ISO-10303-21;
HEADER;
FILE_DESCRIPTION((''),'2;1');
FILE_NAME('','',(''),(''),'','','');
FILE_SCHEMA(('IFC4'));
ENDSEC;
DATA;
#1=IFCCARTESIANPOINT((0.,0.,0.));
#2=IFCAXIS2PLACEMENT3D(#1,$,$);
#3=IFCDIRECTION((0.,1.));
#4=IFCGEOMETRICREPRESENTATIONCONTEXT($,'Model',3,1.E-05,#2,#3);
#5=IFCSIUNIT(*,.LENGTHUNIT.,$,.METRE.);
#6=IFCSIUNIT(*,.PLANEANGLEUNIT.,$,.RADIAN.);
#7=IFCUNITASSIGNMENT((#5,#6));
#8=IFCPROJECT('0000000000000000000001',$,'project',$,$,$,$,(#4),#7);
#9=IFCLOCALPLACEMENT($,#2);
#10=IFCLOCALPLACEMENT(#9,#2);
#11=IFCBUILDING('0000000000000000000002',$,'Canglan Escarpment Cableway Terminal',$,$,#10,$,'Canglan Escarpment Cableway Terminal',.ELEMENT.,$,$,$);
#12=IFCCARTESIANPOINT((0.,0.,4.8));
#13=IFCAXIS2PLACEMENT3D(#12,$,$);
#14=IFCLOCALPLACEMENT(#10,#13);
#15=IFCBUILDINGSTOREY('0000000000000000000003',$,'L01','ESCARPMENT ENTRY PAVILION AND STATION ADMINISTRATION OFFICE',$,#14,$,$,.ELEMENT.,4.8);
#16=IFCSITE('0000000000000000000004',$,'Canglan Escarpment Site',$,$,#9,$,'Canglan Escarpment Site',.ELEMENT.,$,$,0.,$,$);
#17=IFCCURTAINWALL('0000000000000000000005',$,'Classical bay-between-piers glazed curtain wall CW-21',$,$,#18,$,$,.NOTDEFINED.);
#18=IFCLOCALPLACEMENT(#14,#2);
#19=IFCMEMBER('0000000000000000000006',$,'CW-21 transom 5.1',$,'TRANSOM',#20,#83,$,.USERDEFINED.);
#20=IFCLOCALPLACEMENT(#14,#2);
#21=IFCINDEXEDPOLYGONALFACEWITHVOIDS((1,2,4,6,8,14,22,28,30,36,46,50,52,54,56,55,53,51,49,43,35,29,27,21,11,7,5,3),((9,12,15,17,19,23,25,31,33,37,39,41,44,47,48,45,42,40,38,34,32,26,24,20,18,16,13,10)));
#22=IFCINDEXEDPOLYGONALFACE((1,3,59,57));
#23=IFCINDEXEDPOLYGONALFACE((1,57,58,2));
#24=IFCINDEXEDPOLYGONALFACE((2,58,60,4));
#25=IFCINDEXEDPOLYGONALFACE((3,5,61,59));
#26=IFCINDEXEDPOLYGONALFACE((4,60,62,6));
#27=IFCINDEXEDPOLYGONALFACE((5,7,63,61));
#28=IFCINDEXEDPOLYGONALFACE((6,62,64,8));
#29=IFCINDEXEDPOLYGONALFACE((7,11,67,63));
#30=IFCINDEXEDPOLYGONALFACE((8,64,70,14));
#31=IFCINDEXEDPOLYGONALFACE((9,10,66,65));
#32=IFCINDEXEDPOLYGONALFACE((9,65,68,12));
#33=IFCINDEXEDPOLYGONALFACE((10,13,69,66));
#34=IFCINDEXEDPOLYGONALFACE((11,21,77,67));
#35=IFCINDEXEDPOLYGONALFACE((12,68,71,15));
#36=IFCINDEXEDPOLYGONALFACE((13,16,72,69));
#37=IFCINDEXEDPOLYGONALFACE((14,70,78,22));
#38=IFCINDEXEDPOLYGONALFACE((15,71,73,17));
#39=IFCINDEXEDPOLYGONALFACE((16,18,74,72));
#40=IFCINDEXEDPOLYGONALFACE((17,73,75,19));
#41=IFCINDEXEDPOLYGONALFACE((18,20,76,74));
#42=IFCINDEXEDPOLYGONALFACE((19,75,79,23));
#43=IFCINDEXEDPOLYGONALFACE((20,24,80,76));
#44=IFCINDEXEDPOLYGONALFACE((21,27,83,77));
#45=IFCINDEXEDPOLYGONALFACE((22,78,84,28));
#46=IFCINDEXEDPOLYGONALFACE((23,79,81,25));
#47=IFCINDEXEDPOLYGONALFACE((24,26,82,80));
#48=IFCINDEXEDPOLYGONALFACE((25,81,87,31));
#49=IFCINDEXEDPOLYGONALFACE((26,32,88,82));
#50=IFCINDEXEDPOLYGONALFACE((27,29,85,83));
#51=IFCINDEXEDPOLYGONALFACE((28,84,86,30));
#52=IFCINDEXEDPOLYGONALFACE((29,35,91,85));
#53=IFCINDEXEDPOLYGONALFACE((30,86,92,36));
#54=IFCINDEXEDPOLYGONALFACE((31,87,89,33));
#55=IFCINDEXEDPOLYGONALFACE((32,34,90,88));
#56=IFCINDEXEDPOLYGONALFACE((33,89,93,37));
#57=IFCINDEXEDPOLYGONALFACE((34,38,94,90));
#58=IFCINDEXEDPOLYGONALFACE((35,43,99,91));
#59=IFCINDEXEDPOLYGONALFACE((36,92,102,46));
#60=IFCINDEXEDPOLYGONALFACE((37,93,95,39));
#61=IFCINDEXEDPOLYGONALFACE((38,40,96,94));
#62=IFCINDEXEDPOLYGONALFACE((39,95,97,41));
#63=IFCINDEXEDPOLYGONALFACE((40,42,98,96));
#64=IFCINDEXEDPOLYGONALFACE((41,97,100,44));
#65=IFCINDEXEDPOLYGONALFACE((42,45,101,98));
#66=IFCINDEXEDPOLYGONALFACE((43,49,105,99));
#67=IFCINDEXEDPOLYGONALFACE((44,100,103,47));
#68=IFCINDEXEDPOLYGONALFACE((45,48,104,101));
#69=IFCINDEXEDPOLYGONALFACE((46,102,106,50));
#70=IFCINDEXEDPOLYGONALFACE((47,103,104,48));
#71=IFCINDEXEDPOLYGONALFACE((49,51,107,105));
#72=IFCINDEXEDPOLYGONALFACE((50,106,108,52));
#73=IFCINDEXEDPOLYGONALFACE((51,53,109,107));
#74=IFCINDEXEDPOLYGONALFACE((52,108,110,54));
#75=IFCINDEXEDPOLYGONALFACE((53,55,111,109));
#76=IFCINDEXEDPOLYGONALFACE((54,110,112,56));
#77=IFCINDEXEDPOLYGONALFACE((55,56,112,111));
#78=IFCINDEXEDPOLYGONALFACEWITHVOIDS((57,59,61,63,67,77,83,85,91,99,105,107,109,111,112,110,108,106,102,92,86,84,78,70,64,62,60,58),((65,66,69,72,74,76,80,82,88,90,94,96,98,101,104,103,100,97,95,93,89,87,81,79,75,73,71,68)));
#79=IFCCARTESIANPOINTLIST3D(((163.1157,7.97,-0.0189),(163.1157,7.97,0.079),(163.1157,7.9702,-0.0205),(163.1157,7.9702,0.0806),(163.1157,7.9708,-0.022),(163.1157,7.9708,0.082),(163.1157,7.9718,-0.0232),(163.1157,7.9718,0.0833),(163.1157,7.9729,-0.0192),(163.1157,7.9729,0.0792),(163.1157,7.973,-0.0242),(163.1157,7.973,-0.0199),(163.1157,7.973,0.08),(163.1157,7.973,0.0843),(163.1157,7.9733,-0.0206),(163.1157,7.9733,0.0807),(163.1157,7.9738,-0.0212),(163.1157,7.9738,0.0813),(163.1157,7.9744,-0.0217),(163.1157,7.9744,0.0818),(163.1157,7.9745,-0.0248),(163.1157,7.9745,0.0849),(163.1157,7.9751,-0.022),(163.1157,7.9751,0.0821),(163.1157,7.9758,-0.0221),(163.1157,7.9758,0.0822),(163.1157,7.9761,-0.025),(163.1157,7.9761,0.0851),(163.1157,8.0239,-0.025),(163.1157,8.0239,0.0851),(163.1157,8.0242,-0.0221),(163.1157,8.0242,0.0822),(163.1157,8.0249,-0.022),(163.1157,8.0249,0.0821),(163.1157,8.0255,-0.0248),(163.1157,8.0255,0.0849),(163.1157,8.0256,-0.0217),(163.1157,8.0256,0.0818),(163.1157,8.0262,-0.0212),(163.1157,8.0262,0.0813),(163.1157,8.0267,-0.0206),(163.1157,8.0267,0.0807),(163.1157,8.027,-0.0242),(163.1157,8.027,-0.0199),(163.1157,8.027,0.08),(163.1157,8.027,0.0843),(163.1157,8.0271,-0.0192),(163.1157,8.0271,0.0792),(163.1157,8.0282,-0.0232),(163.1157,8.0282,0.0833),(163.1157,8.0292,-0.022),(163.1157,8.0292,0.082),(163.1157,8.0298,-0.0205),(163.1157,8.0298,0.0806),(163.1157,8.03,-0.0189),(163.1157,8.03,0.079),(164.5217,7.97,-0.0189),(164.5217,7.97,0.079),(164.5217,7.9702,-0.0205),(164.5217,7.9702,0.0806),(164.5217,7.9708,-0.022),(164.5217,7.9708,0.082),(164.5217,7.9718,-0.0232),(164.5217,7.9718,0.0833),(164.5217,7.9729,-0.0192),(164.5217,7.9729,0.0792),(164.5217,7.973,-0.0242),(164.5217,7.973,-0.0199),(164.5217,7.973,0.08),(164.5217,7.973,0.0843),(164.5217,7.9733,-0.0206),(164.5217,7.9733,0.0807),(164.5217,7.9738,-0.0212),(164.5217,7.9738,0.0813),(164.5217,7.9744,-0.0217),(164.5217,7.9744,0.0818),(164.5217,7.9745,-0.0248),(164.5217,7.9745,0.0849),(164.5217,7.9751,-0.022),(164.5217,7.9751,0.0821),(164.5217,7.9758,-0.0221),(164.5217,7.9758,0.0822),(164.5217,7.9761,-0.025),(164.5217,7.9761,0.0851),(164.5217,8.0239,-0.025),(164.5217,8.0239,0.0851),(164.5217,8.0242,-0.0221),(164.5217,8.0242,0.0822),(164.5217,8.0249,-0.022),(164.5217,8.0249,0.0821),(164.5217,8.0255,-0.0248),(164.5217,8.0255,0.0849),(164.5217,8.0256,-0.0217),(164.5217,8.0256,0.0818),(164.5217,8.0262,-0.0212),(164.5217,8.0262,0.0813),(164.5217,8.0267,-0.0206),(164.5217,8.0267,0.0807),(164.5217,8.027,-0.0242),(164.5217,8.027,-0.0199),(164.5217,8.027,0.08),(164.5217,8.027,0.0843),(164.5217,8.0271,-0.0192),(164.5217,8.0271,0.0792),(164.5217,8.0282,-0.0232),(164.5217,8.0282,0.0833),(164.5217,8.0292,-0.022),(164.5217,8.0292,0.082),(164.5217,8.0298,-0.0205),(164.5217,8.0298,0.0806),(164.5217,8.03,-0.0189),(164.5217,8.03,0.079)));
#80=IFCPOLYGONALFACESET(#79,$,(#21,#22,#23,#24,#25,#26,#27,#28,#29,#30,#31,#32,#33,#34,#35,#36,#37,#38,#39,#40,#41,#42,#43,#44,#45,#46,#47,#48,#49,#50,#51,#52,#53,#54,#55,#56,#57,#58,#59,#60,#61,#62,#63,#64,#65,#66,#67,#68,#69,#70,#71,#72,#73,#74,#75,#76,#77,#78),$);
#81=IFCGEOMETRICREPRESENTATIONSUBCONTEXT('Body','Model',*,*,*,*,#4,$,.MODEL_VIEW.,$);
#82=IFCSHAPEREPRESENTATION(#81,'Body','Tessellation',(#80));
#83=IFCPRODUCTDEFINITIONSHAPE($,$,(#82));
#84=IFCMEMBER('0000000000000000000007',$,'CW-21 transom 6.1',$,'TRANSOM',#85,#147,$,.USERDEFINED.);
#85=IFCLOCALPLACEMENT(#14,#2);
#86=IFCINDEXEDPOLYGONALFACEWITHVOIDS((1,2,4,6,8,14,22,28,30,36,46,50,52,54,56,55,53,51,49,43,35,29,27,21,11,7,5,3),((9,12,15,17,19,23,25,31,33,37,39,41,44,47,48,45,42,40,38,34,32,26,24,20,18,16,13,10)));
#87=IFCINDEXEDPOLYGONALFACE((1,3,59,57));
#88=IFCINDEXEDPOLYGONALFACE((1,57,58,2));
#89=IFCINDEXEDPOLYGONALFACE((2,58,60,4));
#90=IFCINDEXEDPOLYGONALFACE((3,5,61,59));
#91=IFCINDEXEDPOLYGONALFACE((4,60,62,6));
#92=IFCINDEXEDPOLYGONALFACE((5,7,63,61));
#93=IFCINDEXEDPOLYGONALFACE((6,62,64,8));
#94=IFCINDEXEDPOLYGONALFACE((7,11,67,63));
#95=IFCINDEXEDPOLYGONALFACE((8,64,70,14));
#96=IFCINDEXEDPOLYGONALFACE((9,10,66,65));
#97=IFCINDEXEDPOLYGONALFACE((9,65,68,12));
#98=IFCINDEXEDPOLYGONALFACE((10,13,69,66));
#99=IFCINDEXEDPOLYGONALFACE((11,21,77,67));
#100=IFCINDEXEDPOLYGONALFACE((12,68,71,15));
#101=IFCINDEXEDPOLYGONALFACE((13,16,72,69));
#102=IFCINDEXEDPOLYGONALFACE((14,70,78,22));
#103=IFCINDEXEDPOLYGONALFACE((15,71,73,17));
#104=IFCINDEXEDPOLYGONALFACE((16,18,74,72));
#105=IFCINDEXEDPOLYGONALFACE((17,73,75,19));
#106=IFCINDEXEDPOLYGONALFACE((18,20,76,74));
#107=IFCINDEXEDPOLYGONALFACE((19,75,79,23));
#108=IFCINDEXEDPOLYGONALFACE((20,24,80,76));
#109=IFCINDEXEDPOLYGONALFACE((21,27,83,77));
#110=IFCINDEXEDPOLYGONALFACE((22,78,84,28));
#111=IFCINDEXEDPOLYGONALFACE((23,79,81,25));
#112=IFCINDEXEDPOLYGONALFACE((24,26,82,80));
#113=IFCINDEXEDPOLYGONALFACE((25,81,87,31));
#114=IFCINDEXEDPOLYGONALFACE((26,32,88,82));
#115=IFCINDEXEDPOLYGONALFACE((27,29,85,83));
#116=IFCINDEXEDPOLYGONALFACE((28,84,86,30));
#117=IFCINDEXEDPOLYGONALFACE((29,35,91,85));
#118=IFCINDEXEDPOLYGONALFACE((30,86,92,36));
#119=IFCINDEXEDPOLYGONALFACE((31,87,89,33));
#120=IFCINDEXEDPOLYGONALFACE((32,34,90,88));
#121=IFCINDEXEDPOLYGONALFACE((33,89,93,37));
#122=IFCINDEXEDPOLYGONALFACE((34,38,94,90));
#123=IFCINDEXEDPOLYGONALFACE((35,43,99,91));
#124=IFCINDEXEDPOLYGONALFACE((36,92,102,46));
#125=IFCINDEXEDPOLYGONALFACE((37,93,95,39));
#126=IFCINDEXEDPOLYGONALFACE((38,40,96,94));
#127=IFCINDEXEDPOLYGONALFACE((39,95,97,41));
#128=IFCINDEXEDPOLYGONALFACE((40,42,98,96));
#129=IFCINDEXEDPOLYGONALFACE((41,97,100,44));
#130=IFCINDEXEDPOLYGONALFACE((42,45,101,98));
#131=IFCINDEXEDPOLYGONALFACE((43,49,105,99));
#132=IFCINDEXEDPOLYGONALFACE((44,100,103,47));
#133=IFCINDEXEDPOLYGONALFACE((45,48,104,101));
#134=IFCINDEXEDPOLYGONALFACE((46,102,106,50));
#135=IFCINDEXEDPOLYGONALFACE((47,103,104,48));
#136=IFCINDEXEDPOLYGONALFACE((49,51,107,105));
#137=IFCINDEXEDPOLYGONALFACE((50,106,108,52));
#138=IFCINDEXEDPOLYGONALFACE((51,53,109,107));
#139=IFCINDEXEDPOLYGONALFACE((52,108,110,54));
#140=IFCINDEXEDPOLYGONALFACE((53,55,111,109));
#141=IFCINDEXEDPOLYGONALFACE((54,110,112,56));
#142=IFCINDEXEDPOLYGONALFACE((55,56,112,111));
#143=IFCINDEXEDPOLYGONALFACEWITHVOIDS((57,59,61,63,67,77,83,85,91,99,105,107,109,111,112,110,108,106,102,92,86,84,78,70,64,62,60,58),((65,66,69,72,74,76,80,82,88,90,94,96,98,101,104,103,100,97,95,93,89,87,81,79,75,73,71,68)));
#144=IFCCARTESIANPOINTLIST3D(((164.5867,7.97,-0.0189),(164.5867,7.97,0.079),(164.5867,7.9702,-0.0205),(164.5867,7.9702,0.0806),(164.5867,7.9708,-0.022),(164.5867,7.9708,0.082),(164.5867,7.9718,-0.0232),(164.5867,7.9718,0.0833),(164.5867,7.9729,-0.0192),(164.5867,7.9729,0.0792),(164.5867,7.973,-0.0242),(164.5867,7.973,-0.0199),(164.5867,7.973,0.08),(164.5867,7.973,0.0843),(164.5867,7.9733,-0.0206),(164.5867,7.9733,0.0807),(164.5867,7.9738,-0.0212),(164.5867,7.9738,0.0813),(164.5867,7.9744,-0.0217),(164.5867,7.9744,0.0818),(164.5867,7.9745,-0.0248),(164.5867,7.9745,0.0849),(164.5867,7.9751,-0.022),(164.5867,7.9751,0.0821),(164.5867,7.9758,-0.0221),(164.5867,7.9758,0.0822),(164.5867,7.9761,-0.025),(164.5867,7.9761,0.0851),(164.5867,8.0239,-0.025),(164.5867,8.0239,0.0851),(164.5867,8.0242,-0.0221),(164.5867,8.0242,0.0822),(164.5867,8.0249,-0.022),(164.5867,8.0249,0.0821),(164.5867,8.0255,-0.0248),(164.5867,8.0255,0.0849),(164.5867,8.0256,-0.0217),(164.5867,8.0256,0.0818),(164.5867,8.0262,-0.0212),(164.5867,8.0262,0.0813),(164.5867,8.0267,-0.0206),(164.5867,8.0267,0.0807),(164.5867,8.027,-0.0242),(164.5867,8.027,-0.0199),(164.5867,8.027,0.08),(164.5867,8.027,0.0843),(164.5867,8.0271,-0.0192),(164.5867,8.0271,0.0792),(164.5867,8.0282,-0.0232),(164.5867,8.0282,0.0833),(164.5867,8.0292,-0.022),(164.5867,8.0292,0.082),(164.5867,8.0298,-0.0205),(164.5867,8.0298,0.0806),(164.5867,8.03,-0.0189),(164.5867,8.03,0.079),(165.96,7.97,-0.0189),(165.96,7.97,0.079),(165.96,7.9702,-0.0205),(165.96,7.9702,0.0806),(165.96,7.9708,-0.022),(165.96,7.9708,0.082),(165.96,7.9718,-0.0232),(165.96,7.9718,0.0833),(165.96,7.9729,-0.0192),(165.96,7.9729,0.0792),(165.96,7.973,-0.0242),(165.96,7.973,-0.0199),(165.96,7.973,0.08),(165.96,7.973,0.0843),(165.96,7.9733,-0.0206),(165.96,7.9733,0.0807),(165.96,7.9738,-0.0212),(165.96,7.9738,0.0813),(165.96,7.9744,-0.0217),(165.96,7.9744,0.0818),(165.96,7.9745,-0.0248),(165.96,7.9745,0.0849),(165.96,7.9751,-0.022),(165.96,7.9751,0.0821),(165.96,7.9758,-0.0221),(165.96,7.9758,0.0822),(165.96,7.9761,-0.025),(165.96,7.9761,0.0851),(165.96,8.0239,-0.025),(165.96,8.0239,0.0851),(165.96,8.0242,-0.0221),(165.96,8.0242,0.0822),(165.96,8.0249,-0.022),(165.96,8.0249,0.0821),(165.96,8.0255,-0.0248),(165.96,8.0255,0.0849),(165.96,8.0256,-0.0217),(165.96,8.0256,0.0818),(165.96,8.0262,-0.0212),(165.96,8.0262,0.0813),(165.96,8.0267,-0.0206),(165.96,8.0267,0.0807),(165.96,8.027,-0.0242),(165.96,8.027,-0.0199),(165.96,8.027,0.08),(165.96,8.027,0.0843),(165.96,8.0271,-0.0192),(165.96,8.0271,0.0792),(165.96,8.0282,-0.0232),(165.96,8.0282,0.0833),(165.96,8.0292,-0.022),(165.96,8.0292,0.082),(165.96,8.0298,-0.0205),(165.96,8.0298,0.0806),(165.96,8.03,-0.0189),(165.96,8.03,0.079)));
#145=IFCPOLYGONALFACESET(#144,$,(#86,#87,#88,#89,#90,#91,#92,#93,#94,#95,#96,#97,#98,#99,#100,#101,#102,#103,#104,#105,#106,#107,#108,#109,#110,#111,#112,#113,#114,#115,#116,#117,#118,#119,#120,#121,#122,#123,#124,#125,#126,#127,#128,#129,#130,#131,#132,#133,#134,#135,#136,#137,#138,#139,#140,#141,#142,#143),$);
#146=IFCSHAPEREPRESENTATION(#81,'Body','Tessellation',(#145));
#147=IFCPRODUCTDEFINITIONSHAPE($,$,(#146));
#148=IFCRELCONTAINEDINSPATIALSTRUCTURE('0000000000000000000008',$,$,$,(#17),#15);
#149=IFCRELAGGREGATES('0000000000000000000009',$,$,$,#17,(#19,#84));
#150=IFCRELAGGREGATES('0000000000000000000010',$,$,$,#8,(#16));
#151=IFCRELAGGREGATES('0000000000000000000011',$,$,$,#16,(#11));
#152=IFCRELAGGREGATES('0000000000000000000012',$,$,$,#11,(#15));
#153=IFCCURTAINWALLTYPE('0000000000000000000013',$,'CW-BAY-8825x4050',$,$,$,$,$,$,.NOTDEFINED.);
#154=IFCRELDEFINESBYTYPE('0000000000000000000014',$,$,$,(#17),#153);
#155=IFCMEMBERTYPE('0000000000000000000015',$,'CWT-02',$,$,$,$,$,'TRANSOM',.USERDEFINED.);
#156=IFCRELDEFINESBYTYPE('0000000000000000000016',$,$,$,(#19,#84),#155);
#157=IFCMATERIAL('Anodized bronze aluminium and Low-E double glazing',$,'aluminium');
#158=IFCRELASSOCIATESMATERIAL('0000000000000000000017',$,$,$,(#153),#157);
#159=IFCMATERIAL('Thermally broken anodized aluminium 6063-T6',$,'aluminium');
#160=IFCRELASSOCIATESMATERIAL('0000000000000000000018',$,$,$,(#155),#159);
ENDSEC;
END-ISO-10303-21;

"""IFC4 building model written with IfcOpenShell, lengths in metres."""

from ifc_helpers import new_model, si_unit, direction, frame, origin, origin_2d, place, context, subcontext, project, spatial, hollow_rectangle, extrude, material, material_profile, profile_set, type_object, element, aggregate, save


model = new_model("IFC4")

# Units and contexts
model_context = context("Model", 3, precision=1e-05, world=origin(), true_north=direction((0.0, 1.0)))
body_context = subcontext(model_context, "Body", "Model", "MODEL_VIEW")
ifc_project = project(units=[si_unit("LENGTHUNIT", "METRE"), si_unit("PLANEANGLEUNIT", "RADIAN")], contexts=[model_context])

# Site, building, storey
site_placement = place(None, origin())
site = spatial("IfcSite", under=ifc_project, at=site_placement, Name="Canglan Escarpment Site", LongName="Canglan Escarpment Site", CompositionType="ELEMENT", RefElevation=0.0)
building_placement = place(site_placement, origin())
building = spatial("IfcBuilding", under=site, at=building_placement, Name="Canglan Escarpment Cableway Terminal", LongName="Canglan Escarpment Cableway Terminal", CompositionType="ELEMENT")
storey_placement = place(building_placement, frame((0.0, 0.0, 4.8)))
storey = spatial("IfcBuildingStorey", under=building, at=storey_placement, Name="L01", Description="ESCARPMENT ENTRY PAVILION AND STATION ADMINISTRATION OFFICE", CompositionType="ELEMENT", Elevation=4.8)

# Curtain wall
ifc_material_1 = material(Name="Anodized bronze aluminium and Low-E double glazing", Category="aluminium")
curtain_wall_type_1 = type_object("IfcCurtainWallType", Name="CW-BAY-8825x4050", PredefinedType="NOTDEFINED", material=ifc_material_1)
curtain_wall_1_placement = place(storey_placement, origin())
curtain_wall_1 = element("IfcCurtainWall", 1, at=curtain_wall_1_placement, inside=storey, type_object=curtain_wall_type_1, Name="Classical bay-between-piers glazed curtain wall CW-21", PredefinedType="NOTDEFINED")
ifc_material_2 = material(Name="Thermally broken anodized aluminium 6063-T6", Category="aluminium")

# Members
ifc_material_profile_1 = material_profile(ifc_material_2, hollow_rectangle(XDim=0.0601, YDim=0.1101, WallThickness=0.0029, InnerFilletRadius=0.0029, OuterFilletRadius=0.0061, at=origin_2d()), Name="ALU-TRAN 60x110x3")
ifc_profile_set_1 = profile_set([ifc_material_profile_1], Name="Thermally broken anodized aluminium 6063-T6")
member_type_1 = type_object("IfcMemberType", Name="CWT-02", ElementType="TRANSOM", PredefinedType="USERDEFINED", material=ifc_profile_set_1)
member_1_placement = place(storey_placement, frame((163.1157, 8.0, 0.03), z_axis=(1.0, 0.0, 0.0), x_axis=(0.0, 1.0, 0.0)))
member_1 = element("IfcMember", 2, at=member_1_placement, type_object=member_type_1, Name="CW-21 transom 5.1", ObjectType="TRANSOM", PredefinedType="USERDEFINED", context=body_context, shape_type="SweptSolid", body=[
    extrude(hollow_rectangle(XDim=0.0601, YDim=0.1101, WallThickness=0.0029, InnerFilletRadius=0.0029, OuterFilletRadius=0.0061, at=origin_2d()), origin(), (0.0, 0.0, 1.0), 1.406),
])
member_2_placement = place(storey_placement, frame((164.5867, 8.0, 0.03), z_axis=(1.0, 0.0, 0.0), x_axis=(0.0, 1.0, 0.0)))
member_2 = element("IfcMember", 3, at=member_2_placement, type_object=member_type_1, Name="CW-21 transom 6.1", ObjectType="TRANSOM", PredefinedType="USERDEFINED", context=body_context, shape_type="SweptSolid", body=[
    extrude(hollow_rectangle(XDim=0.0601, YDim=0.1101, WallThickness=0.0029, InnerFilletRadius=0.0029, OuterFilletRadius=0.0061, at=origin_2d()), origin(), (0.0, 0.0, 1.0), 1.3733),
])

aggregate(curtain_wall_1, [member_1, member_2])

save(model, "model.ifc")
